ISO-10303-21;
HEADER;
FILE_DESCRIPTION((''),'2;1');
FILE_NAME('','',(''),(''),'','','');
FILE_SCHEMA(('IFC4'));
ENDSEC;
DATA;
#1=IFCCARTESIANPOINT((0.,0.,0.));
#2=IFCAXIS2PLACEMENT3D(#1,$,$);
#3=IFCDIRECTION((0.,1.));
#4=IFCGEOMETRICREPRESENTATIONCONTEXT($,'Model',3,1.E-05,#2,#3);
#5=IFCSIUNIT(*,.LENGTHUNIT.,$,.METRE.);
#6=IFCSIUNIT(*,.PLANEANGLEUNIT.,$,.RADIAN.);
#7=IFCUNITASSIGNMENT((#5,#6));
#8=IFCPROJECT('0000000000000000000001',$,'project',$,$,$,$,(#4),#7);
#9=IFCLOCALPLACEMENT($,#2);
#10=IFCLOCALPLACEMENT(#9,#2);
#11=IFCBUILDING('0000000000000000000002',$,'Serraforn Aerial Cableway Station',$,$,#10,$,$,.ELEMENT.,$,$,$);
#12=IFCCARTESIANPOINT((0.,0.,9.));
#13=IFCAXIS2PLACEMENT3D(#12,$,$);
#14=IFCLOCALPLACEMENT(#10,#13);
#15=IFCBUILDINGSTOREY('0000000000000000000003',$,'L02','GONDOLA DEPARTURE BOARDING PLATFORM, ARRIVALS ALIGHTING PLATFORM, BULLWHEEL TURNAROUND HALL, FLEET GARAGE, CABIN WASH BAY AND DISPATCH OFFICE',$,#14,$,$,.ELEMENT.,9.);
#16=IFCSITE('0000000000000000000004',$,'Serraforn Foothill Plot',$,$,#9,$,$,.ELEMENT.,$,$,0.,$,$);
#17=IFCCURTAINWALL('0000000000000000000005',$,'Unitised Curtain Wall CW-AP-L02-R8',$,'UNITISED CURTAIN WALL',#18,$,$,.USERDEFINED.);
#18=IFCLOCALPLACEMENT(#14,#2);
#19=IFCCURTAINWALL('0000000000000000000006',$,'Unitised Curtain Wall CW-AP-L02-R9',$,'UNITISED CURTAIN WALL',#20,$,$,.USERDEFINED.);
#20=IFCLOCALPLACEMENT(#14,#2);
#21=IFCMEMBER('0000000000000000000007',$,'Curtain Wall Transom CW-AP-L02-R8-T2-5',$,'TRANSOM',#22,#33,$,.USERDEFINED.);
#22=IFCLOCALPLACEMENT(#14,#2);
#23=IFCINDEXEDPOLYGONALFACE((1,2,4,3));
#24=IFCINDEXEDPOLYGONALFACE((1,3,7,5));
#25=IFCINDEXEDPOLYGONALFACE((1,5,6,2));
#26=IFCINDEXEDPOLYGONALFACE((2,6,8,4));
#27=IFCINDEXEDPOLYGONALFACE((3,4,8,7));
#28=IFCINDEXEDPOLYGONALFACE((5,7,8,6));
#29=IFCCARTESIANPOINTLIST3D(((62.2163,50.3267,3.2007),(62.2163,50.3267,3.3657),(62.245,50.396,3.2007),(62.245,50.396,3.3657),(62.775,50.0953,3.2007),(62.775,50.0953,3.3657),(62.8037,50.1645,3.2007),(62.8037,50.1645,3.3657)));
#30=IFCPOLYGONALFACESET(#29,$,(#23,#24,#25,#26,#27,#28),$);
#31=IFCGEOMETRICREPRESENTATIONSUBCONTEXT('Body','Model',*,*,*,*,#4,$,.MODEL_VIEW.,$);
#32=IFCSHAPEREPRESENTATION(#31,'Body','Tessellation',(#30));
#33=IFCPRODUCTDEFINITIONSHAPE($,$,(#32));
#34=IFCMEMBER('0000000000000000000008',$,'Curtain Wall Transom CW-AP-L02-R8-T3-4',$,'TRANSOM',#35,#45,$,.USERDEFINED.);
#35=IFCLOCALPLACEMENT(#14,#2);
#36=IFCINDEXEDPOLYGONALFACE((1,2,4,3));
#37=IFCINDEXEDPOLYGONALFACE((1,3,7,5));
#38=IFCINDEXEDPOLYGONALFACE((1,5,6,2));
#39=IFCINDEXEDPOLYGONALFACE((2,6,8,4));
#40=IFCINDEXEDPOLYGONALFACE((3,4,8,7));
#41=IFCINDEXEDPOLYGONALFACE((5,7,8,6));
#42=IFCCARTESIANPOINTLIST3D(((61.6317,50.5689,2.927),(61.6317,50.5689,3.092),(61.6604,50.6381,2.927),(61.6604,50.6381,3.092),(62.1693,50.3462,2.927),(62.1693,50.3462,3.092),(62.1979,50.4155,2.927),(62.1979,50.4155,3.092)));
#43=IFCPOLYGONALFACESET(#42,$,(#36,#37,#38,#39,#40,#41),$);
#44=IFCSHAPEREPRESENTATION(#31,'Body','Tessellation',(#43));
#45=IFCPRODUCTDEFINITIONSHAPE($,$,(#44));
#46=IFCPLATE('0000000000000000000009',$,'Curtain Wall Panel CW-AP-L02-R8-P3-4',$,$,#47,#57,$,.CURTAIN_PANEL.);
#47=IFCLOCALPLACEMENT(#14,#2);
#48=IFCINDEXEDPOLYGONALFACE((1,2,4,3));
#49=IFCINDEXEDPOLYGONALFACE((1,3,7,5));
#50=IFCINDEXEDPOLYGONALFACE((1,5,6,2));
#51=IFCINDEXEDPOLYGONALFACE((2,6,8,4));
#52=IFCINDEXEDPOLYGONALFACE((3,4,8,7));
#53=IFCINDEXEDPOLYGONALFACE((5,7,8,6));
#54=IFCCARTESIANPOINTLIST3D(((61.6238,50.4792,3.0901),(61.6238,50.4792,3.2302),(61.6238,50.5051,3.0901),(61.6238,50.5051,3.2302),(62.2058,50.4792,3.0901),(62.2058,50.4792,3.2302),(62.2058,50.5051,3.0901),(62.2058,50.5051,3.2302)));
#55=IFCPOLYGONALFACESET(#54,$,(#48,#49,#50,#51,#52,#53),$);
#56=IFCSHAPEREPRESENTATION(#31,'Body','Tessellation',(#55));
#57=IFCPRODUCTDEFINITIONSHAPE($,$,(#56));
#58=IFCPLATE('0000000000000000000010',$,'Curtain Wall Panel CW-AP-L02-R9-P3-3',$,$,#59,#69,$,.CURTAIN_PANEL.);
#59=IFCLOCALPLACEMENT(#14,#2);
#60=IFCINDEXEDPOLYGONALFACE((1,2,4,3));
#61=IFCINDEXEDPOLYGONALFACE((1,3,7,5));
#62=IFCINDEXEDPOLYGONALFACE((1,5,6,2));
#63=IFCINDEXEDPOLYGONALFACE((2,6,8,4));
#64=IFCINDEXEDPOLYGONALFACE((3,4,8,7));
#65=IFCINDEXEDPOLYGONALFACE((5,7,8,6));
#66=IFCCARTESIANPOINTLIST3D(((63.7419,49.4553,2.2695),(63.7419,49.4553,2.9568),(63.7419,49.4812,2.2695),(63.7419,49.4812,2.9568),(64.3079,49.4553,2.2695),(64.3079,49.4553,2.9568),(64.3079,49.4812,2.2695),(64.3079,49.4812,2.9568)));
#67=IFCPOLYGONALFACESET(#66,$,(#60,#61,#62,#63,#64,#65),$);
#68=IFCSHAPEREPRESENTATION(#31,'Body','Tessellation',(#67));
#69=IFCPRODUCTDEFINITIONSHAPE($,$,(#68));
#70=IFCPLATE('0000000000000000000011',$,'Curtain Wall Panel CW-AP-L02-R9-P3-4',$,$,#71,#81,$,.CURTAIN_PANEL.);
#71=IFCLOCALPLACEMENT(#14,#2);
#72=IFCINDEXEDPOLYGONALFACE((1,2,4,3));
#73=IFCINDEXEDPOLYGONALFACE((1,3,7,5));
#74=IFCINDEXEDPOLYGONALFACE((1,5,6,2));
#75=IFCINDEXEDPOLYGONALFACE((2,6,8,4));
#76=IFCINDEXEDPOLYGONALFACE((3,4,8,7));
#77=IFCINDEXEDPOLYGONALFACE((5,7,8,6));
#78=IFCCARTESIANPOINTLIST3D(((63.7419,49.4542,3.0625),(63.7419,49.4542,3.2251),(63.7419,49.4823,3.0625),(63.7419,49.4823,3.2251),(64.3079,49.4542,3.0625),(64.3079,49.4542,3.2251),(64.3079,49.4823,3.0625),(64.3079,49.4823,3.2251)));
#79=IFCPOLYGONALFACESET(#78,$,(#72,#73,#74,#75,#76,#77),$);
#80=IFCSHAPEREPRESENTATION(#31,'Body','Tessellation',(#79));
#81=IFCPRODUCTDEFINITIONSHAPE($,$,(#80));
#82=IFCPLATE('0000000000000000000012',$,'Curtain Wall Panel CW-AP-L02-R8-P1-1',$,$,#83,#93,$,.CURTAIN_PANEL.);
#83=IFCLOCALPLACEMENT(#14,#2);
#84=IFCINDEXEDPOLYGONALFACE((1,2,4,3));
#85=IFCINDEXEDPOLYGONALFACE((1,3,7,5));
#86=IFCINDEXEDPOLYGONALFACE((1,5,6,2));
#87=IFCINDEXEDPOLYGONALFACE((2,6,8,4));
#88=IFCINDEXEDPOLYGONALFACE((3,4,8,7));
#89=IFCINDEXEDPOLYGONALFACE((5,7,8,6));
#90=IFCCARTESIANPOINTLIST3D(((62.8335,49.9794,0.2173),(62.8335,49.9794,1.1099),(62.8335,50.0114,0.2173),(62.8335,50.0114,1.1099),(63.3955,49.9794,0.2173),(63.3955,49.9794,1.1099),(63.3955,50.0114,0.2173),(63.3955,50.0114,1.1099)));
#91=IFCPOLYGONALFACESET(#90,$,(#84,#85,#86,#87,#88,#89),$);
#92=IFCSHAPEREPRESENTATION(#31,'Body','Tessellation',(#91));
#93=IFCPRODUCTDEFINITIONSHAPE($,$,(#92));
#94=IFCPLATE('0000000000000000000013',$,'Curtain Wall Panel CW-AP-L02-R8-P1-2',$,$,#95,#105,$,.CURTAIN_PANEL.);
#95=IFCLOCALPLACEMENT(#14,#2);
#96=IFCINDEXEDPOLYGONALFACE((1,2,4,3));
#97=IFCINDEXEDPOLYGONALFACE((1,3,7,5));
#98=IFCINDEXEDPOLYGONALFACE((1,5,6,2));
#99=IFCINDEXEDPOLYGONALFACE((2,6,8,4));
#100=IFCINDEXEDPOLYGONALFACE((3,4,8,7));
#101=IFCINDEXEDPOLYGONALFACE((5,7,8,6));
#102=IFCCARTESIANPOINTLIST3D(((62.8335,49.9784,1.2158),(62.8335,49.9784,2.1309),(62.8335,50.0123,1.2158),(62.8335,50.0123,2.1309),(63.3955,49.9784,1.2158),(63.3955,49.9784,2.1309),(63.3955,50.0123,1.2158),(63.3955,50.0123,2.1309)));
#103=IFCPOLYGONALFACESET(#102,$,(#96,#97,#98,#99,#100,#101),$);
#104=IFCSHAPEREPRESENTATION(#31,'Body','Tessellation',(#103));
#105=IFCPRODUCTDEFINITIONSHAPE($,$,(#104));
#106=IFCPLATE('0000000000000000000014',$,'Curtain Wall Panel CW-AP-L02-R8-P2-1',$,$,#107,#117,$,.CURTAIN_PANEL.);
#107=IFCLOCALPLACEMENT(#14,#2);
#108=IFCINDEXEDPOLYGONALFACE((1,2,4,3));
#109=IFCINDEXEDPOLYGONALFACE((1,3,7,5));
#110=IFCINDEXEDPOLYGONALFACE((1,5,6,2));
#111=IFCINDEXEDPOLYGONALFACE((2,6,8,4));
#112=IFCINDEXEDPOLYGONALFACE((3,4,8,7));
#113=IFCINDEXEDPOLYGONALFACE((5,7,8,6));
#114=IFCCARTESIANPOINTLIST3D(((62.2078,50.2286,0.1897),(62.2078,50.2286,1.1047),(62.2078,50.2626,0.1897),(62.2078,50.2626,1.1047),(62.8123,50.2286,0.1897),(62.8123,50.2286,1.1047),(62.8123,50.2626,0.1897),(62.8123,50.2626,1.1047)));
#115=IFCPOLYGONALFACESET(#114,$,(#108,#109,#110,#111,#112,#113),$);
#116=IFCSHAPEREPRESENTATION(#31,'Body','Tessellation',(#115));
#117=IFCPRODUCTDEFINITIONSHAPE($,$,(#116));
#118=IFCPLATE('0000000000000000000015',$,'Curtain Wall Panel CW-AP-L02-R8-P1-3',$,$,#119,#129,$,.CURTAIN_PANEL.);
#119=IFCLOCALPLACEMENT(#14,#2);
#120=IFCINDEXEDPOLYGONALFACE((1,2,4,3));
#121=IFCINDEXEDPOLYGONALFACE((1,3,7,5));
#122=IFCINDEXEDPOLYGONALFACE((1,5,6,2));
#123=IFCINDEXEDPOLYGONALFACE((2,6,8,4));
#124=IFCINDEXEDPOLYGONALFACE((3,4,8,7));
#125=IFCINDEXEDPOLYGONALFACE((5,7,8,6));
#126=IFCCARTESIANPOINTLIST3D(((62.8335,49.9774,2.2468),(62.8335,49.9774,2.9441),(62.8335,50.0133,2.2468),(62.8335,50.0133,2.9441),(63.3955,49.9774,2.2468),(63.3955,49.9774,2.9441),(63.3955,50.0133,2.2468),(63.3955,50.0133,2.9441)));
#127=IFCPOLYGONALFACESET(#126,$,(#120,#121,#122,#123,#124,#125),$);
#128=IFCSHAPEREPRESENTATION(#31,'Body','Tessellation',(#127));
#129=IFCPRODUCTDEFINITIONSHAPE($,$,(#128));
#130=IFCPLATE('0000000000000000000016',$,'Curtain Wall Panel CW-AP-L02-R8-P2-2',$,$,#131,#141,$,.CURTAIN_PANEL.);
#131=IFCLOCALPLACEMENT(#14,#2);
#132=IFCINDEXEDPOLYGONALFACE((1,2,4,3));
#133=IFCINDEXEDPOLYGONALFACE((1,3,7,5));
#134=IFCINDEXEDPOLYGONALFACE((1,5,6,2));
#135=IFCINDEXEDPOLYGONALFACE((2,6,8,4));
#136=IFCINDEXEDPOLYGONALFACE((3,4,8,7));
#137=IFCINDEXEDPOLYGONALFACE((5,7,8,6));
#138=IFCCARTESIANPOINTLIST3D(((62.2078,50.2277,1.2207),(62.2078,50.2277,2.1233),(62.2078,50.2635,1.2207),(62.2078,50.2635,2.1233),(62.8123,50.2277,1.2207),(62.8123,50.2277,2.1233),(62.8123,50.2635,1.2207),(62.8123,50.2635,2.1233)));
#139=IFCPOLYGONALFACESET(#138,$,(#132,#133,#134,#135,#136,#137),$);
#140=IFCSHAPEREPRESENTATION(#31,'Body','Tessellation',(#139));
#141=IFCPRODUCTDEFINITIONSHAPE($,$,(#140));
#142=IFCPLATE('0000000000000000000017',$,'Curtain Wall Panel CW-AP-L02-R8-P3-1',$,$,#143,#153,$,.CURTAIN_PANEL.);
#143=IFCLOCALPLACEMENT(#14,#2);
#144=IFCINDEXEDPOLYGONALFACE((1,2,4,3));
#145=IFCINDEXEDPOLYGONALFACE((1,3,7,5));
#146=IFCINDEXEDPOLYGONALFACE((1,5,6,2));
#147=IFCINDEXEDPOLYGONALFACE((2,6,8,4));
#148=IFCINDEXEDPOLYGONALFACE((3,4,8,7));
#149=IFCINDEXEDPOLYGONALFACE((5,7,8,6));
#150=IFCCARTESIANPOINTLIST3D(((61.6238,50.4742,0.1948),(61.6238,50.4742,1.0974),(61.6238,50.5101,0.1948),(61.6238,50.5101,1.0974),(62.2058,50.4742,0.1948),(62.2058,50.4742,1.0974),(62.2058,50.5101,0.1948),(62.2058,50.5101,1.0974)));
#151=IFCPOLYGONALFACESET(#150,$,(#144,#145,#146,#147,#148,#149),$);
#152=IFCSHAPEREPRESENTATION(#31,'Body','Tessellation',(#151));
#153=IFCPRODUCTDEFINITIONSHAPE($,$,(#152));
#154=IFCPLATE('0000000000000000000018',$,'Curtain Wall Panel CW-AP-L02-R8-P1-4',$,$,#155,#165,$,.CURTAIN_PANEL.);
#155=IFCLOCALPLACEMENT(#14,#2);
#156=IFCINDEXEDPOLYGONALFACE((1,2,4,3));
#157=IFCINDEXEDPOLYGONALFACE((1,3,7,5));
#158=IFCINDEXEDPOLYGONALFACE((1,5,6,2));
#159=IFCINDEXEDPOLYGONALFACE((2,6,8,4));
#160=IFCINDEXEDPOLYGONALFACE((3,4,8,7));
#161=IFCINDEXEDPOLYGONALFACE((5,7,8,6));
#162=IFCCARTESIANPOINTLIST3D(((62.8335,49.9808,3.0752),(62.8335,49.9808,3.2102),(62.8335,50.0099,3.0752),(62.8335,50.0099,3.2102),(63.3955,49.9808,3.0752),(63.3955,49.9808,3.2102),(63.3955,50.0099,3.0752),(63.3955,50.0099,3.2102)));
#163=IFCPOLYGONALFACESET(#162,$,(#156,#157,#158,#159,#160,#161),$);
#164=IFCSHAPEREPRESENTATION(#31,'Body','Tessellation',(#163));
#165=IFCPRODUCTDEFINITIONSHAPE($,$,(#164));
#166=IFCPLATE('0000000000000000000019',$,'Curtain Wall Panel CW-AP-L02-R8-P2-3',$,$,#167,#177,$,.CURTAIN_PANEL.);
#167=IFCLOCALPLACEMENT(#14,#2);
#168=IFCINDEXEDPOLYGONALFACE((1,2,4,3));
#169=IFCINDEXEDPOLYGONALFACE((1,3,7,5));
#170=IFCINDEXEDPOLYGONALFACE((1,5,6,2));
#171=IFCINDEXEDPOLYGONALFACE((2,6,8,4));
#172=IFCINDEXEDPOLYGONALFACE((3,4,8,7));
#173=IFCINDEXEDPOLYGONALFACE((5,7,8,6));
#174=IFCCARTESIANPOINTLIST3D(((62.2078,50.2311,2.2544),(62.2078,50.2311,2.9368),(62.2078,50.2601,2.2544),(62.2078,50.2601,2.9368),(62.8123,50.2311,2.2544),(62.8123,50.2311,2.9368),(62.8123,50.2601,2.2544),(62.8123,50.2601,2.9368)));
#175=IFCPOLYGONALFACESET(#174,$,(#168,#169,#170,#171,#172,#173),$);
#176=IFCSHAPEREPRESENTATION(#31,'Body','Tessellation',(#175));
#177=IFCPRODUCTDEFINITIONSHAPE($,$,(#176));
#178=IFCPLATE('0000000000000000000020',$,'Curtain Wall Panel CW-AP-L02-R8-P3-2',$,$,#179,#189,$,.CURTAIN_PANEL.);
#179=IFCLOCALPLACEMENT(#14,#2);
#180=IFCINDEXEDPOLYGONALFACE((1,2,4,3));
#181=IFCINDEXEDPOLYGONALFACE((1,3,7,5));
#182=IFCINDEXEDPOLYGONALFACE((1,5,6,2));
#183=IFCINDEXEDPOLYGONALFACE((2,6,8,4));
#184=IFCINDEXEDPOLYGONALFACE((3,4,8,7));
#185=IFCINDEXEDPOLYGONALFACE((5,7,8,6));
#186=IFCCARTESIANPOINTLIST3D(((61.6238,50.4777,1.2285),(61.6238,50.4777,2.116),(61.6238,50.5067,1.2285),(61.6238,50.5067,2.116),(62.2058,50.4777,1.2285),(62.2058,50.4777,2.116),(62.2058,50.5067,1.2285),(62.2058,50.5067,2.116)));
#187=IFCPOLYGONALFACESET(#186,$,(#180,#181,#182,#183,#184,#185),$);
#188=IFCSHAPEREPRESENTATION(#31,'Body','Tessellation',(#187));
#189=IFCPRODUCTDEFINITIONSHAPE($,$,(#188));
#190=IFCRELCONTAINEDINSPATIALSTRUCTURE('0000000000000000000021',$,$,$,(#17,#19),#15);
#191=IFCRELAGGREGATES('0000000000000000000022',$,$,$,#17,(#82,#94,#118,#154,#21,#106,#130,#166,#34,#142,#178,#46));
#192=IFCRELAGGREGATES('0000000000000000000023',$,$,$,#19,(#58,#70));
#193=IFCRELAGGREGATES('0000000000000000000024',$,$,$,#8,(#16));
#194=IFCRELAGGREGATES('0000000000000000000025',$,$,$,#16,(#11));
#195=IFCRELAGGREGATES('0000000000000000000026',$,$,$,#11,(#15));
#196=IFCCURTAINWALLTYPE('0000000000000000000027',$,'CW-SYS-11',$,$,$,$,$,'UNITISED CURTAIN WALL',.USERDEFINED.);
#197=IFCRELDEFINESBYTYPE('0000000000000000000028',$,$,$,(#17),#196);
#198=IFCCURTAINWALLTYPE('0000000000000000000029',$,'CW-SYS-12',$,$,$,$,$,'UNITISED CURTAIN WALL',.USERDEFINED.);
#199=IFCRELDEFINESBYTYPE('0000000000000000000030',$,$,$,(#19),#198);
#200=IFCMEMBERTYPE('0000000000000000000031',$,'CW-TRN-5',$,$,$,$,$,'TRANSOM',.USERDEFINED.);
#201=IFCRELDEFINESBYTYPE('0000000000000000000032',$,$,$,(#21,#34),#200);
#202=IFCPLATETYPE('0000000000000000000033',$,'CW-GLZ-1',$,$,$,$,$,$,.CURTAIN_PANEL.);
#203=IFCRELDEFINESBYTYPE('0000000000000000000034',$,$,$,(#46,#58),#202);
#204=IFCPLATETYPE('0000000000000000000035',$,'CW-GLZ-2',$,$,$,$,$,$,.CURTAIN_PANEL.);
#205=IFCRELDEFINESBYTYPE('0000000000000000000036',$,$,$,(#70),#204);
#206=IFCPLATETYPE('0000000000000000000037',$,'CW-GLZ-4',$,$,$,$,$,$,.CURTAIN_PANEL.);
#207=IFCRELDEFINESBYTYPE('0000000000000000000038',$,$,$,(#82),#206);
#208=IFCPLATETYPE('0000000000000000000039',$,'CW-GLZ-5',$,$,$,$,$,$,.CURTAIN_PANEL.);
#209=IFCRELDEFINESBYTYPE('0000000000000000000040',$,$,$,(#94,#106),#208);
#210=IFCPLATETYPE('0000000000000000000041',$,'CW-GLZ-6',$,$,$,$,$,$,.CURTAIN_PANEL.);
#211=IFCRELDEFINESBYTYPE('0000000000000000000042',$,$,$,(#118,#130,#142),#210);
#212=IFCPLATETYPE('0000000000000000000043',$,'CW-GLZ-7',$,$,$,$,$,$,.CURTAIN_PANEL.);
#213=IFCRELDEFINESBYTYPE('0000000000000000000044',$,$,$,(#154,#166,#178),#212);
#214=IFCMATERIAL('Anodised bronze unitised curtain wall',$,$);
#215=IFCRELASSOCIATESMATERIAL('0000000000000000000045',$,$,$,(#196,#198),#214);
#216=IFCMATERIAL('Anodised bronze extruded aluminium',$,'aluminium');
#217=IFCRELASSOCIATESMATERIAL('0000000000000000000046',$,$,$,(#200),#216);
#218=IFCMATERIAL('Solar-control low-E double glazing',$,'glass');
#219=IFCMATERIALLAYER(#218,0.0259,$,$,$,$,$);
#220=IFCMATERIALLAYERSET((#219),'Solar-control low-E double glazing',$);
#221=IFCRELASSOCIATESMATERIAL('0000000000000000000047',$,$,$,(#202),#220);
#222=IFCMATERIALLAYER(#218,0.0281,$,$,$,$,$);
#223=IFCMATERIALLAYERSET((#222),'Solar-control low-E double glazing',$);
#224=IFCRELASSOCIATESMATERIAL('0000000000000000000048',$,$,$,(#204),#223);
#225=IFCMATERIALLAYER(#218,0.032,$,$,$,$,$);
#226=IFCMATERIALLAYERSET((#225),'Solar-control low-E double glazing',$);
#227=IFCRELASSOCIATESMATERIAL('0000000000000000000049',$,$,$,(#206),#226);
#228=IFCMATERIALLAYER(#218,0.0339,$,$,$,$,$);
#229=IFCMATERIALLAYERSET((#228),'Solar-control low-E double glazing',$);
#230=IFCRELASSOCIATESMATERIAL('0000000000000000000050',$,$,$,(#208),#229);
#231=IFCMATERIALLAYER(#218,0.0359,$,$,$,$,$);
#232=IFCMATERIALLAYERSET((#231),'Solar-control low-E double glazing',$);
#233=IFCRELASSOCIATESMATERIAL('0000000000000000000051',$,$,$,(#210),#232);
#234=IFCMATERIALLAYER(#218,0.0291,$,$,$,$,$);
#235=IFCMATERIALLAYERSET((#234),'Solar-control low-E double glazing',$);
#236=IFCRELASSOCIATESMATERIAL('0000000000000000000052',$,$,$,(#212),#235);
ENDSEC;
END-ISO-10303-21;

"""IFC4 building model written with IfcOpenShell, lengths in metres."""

from ifc_helpers import new_model, si_unit, direction, frame, origin, origin_2d, place, context, subcontext, project, spatial, rectangle, extrude, material, layer, layer_set, material_profile, profile_set, type_object, element, aggregate, save


model = new_model("IFC4")

# Units and contexts
model_context = context("Model", 3, precision=1e-05, world=origin(), true_north=direction((0.0, 1.0)))
body_context = subcontext(model_context, "Body", "Model", "MODEL_VIEW")
ifc_project = project(units=[si_unit("LENGTHUNIT", "METRE"), si_unit("PLANEANGLEUNIT", "RADIAN")], contexts=[model_context])

# Site, building, storey
site_placement = place(None, origin())
site = spatial("IfcSite", under=ifc_project, at=site_placement, Name="Serraforn Foothill Plot", CompositionType="ELEMENT", RefElevation=0.0)
building_placement = place(site_placement, origin())
building = spatial("IfcBuilding", under=site, at=building_placement, Name="Serraforn Aerial Cableway Station", CompositionType="ELEMENT")
storey_placement = place(building_placement, frame((0.0, 0.0, 9.0)))
storey = spatial("IfcBuildingStorey", under=building, at=storey_placement, Name="L02", Description="GONDOLA DEPARTURE BOARDING PLATFORM, ARRIVALS ALIGHTING PLATFORM, BULLWHEEL TURNAROUND HALL, FLEET GARAGE, CABIN WASH BAY AND DISPATCH OFFICE", CompositionType="ELEMENT", Elevation=9.0)

# Curtain wall
ifc_material_1 = material(Name="Anodised bronze unitised curtain wall")
curtain_wall_type_1 = type_object("IfcCurtainWallType", Name="CW-SYS-11", ElementType="UNITISED CURTAIN WALL", PredefinedType="USERDEFINED", material=ifc_material_1)
curtain_wall_1_placement = place(storey_placement, origin())
curtain_wall_1 = element("IfcCurtainWall", 1, at=curtain_wall_1_placement, inside=storey, type_object=curtain_wall_type_1, Name="Unitised Curtain Wall CW-AP-L02-R8", ObjectType="UNITISED CURTAIN WALL", PredefinedType="USERDEFINED")
ifc_material_2 = material(Name="Anodised bronze extruded aluminium", Category="aluminium")

# Curtain wall
curtain_wall_type_2 = type_object("IfcCurtainWallType", Name="CW-SYS-12", ElementType="UNITISED CURTAIN WALL", PredefinedType="USERDEFINED", material=ifc_material_1)
curtain_wall_2_placement = place(storey_placement, origin())
curtain_wall_2 = element("IfcCurtainWall", 2, at=curtain_wall_2_placement, inside=storey, type_object=curtain_wall_type_2, Name="Unitised Curtain Wall CW-AP-L02-R9", ObjectType="UNITISED CURTAIN WALL", PredefinedType="USERDEFINED")

# Members
ifc_material_profile_1 = material_profile(ifc_material_2, rectangle(XDim=0.075, YDim=0.165, at=origin_2d()), Name="CW TRANSOM 75x165")
ifc_profile_set_1 = profile_set([ifc_material_profile_1], Name="Anodised bronze extruded aluminium")
member_type_1 = type_object("IfcMemberType", Name="CW-TRN-5", ElementType="TRANSOM", PredefinedType="USERDEFINED", material=ifc_profile_set_1)
member_1_placement = place(storey_placement, frame((62.7893, 50.1299, 3.2832), z_axis=(-0.92384, 0.38278, 0.0), x_axis=(-0.38278, -0.92384, 0.0)))
member_1 = element("IfcMember", 3, at=member_1_placement, type_object=member_type_1, Name="Curtain Wall Transom CW-AP-L02-R8-T2-5", ObjectType="TRANSOM", PredefinedType="USERDEFINED", context=body_context, shape_type="SweptSolid", body=[
    extrude(rectangle(XDim=0.075, YDim=0.165, at=origin_2d()), origin(), (0.0, 0.0, 1.0), 0.6047),
])
member_2_placement = place(storey_placement, frame((62.1836, 50.3809, 3.0095), z_axis=(-0.923894, 0.382648, 0.0), x_axis=(-0.382648, -0.923894, 0.0)))
member_2 = element("IfcMember", 4, at=member_2_placement, type_object=member_type_1, Name="Curtain Wall Transom CW-AP-L02-R8-T3-4", ObjectType="TRANSOM", PredefinedType="USERDEFINED", context=body_context, shape_type="SweptSolid", body=[
    extrude(rectangle(XDim=0.075, YDim=0.165, at=origin_2d()), origin(), (0.0, 0.0, 1.0), 0.5818),
])

# Plates
ifc_material_3 = material(Name="Solar-control low-E double glazing", Category="glass")
ifc_layer_1 = layer(ifc_material_3, 0.0259)
ifc_layer_set_1 = layer_set([ifc_layer_1], Name="Solar-control low-E double glazing")
plate_type_1 = type_object("IfcPlateType", Name="CW-GLZ-1", PredefinedType="CURTAIN_PANEL", material=ifc_layer_set_1)
plate_1_placement = place(storey_placement, frame((61.9148, 50.4922, 3.0901), z_axis=(0.0, 0.0, 1.0), x_axis=(1.0, 0.0, 0.0)))
plate_1 = element("IfcPlate", 5, at=plate_1_placement, type_object=plate_type_1, Name="Curtain Wall Panel CW-AP-L02-R8-P3-4", PredefinedType="CURTAIN_PANEL", context=body_context, shape_type="SweptSolid", body=[
    extrude(rectangle(XDim=0.582, YDim=0.0259, at=origin_2d()), origin(), (0.0, 0.0, 1.0), 0.1401),
])
plate_2_placement = place(storey_placement, frame((64.0249, 49.4683, 2.2695), z_axis=(0.0, 0.0, 1.0), x_axis=(1.0, 0.0, 0.0)))
plate_2 = element("IfcPlate", 6, at=plate_2_placement, type_object=plate_type_1, Name="Curtain Wall Panel CW-AP-L02-R9-P3-3", PredefinedType="CURTAIN_PANEL", context=body_context, shape_type="SweptSolid", body=[
    extrude(rectangle(XDim=0.5659, YDim=0.0259, at=origin_2d()), origin(), (0.0, 0.0, 1.0), 0.6873),
])
ifc_layer_2 = layer(ifc_material_3, 0.0281)
ifc_layer_set_2 = layer_set([ifc_layer_2], Name="Solar-control low-E double glazing")
plate_type_2 = type_object("IfcPlateType", Name="CW-GLZ-2", PredefinedType="CURTAIN_PANEL", material=ifc_layer_set_2)
plate_3_placement = place(storey_placement, frame((64.0249, 49.4683, 3.0625), z_axis=(0.0, 0.0, 1.0), x_axis=(1.0, 0.0, 0.0)))
plate_3 = element("IfcPlate", 7, at=plate_3_placement, type_object=plate_type_2, Name="Curtain Wall Panel CW-AP-L02-R9-P3-4", PredefinedType="CURTAIN_PANEL", context=body_context, shape_type="SweptSolid", body=[
    extrude(rectangle(XDim=0.5659, YDim=0.0281, at=origin_2d()), origin(), (0.0, 0.0, 1.0), 0.1626),
])
ifc_layer_3 = layer(ifc_material_3, 0.032)
ifc_layer_set_3 = layer_set([ifc_layer_3], Name="Solar-control low-E double glazing")
plate_type_3 = type_object("IfcPlateType", Name="CW-GLZ-4", PredefinedType="CURTAIN_PANEL", material=ifc_layer_set_3)
plate_4_placement = place(storey_placement, frame((63.1145, 49.9954, 0.2173), z_axis=(0.0, 0.0, 1.0), x_axis=(1.0, 0.0, 0.0)))
plate_4 = element("IfcPlate", 8, at=plate_4_placement, type_object=plate_type_3, Name="Curtain Wall Panel CW-AP-L02-R8-P1-1", PredefinedType="CURTAIN_PANEL", context=body_context, shape_type="SweptSolid", body=[
    extrude(rectangle(XDim=0.562, YDim=0.032, at=origin_2d()), origin(), (0.0, 0.0, 1.0), 0.8926),
])
ifc_layer_4 = layer(ifc_material_3, 0.0339)
ifc_layer_set_4 = layer_set([ifc_layer_4], Name="Solar-control low-E double glazing")
plate_type_4 = type_object("IfcPlateType", Name="CW-GLZ-5", PredefinedType="CURTAIN_PANEL", material=ifc_layer_set_4)
plate_5_placement = place(storey_placement, frame((63.1145, 49.9954, 1.2158), z_axis=(0.0, 0.0, 1.0), x_axis=(1.0, 0.0, 0.0)))
plate_5 = element("IfcPlate", 9, at=plate_5_placement, type_object=plate_type_4, Name="Curtain Wall Panel CW-AP-L02-R8-P1-2", PredefinedType="CURTAIN_PANEL", context=body_context, shape_type="SweptSolid", body=[
    extrude(rectangle(XDim=0.562, YDim=0.0339, at=origin_2d()), origin(), (0.0, 0.0, 1.0), 0.915),
])
plate_6_placement = place(storey_placement, frame((62.51, 50.2456, 0.1897), z_axis=(0.0, 0.0, 1.0), x_axis=(1.0, 0.0, 0.0)))
plate_6 = element("IfcPlate", 10, at=plate_6_placement, type_object=plate_type_4, Name="Curtain Wall Panel CW-AP-L02-R8-P2-1", PredefinedType="CURTAIN_PANEL", context=body_context, shape_type="SweptSolid", body=[
    extrude(rectangle(XDim=0.6045, YDim=0.0339, at=origin_2d()), origin(), (0.0, 0.0, 1.0), 0.915),
])
ifc_layer_5 = layer(ifc_material_3, 0.0359)
ifc_layer_set_5 = layer_set([ifc_layer_5], Name="Solar-control low-E double glazing")
plate_type_5 = type_object("IfcPlateType", Name="CW-GLZ-6", PredefinedType="CURTAIN_PANEL", material=ifc_layer_set_5)
plate_7_placement = place(storey_placement, frame((63.1145, 49.9954, 2.2468), z_axis=(0.0, 0.0, 1.0), x_axis=(1.0, 0.0, 0.0)))
plate_7 = element("IfcPlate", 11, at=plate_7_placement, type_object=plate_type_5, Name="Curtain Wall Panel CW-AP-L02-R8-P1-3", PredefinedType="CURTAIN_PANEL", context=body_context, shape_type="SweptSolid", body=[
    extrude(rectangle(XDim=0.562, YDim=0.0359, at=origin_2d()), origin(), (0.0, 0.0, 1.0), 0.6973),
])
plate_8_placement = place(storey_placement, frame((62.51, 50.2456, 1.2207), z_axis=(0.0, 0.0, 1.0), x_axis=(1.0, 0.0, 0.0)))
plate_8 = element("IfcPlate", 12, at=plate_8_placement, type_object=plate_type_5, Name="Curtain Wall Panel CW-AP-L02-R8-P2-2", PredefinedType="CURTAIN_PANEL", context=body_context, shape_type="SweptSolid", body=[
    extrude(rectangle(XDim=0.6045, YDim=0.0359, at=origin_2d()), origin(), (0.0, 0.0, 1.0), 0.9026),
])
plate_9_placement = place(storey_placement, frame((61.9148, 50.4922, 0.1948), z_axis=(0.0, 0.0, 1.0), x_axis=(1.0, 0.0, 0.0)))
plate_9 = element("IfcPlate", 13, at=plate_9_placement, type_object=plate_type_5, Name="Curtain Wall Panel CW-AP-L02-R8-P3-1", PredefinedType="CURTAIN_PANEL", context=body_context, shape_type="SweptSolid", body=[
    extrude(rectangle(XDim=0.582, YDim=0.0359, at=origin_2d()), origin(), (0.0, 0.0, 1.0), 0.9026),
])
ifc_layer_6 = layer(ifc_material_3, 0.0291)
ifc_layer_set_6 = layer_set([ifc_layer_6], Name="Solar-control low-E double glazing")
plate_type_6 = type_object("IfcPlateType", Name="CW-GLZ-7", PredefinedType="CURTAIN_PANEL", material=ifc_layer_set_6)
plate_10_placement = place(storey_placement, frame((63.1145, 49.9954, 3.0752), z_axis=(0.0, 0.0, 1.0), x_axis=(1.0, 0.0, 0.0)))
plate_10 = element("IfcPlate", 14, at=plate_10_placement, type_object=plate_type_6, Name="Curtain Wall Panel CW-AP-L02-R8-P1-4", PredefinedType="CURTAIN_PANEL", context=body_context, shape_type="SweptSolid", body=[
    extrude(rectangle(XDim=0.562, YDim=0.0291, at=origin_2d()), origin(), (0.0, 0.0, 1.0), 0.135),
])
plate_11_placement = place(storey_placement, frame((62.51, 50.2456, 2.2544), z_axis=(0.0, 0.0, 1.0), x_axis=(1.0, 0.0, 0.0)))
plate_11 = element("IfcPlate", 15, at=plate_11_placement, type_object=plate_type_6, Name="Curtain Wall Panel CW-AP-L02-R8-P2-3", PredefinedType="CURTAIN_PANEL", context=body_context, shape_type="SweptSolid", body=[
    extrude(rectangle(XDim=0.6045, YDim=0.0291, at=origin_2d()), origin(), (0.0, 0.0, 1.0), 0.6824),
])
plate_12_placement = place(storey_placement, frame((61.9148, 50.4922, 1.2285), z_axis=(0.0, 0.0, 1.0), x_axis=(1.0, 0.0, 0.0)))
plate_12 = element("IfcPlate", 16, at=plate_12_placement, type_object=plate_type_6, Name="Curtain Wall Panel CW-AP-L02-R8-P3-2", PredefinedType="CURTAIN_PANEL", context=body_context, shape_type="SweptSolid", body=[
    extrude(rectangle(XDim=0.582, YDim=0.0291, at=origin_2d()), origin(), (0.0, 0.0, 1.0), 0.8875),
])
aggregate(curtain_wall_1, [plate_4, plate_5, plate_7, plate_10, member_1, plate_6, plate_8, plate_11, member_2, plate_9, plate_12, plate_1])
aggregate(curtain_wall_2, [plate_2, plate_3])

save(model, "model.ifc")
